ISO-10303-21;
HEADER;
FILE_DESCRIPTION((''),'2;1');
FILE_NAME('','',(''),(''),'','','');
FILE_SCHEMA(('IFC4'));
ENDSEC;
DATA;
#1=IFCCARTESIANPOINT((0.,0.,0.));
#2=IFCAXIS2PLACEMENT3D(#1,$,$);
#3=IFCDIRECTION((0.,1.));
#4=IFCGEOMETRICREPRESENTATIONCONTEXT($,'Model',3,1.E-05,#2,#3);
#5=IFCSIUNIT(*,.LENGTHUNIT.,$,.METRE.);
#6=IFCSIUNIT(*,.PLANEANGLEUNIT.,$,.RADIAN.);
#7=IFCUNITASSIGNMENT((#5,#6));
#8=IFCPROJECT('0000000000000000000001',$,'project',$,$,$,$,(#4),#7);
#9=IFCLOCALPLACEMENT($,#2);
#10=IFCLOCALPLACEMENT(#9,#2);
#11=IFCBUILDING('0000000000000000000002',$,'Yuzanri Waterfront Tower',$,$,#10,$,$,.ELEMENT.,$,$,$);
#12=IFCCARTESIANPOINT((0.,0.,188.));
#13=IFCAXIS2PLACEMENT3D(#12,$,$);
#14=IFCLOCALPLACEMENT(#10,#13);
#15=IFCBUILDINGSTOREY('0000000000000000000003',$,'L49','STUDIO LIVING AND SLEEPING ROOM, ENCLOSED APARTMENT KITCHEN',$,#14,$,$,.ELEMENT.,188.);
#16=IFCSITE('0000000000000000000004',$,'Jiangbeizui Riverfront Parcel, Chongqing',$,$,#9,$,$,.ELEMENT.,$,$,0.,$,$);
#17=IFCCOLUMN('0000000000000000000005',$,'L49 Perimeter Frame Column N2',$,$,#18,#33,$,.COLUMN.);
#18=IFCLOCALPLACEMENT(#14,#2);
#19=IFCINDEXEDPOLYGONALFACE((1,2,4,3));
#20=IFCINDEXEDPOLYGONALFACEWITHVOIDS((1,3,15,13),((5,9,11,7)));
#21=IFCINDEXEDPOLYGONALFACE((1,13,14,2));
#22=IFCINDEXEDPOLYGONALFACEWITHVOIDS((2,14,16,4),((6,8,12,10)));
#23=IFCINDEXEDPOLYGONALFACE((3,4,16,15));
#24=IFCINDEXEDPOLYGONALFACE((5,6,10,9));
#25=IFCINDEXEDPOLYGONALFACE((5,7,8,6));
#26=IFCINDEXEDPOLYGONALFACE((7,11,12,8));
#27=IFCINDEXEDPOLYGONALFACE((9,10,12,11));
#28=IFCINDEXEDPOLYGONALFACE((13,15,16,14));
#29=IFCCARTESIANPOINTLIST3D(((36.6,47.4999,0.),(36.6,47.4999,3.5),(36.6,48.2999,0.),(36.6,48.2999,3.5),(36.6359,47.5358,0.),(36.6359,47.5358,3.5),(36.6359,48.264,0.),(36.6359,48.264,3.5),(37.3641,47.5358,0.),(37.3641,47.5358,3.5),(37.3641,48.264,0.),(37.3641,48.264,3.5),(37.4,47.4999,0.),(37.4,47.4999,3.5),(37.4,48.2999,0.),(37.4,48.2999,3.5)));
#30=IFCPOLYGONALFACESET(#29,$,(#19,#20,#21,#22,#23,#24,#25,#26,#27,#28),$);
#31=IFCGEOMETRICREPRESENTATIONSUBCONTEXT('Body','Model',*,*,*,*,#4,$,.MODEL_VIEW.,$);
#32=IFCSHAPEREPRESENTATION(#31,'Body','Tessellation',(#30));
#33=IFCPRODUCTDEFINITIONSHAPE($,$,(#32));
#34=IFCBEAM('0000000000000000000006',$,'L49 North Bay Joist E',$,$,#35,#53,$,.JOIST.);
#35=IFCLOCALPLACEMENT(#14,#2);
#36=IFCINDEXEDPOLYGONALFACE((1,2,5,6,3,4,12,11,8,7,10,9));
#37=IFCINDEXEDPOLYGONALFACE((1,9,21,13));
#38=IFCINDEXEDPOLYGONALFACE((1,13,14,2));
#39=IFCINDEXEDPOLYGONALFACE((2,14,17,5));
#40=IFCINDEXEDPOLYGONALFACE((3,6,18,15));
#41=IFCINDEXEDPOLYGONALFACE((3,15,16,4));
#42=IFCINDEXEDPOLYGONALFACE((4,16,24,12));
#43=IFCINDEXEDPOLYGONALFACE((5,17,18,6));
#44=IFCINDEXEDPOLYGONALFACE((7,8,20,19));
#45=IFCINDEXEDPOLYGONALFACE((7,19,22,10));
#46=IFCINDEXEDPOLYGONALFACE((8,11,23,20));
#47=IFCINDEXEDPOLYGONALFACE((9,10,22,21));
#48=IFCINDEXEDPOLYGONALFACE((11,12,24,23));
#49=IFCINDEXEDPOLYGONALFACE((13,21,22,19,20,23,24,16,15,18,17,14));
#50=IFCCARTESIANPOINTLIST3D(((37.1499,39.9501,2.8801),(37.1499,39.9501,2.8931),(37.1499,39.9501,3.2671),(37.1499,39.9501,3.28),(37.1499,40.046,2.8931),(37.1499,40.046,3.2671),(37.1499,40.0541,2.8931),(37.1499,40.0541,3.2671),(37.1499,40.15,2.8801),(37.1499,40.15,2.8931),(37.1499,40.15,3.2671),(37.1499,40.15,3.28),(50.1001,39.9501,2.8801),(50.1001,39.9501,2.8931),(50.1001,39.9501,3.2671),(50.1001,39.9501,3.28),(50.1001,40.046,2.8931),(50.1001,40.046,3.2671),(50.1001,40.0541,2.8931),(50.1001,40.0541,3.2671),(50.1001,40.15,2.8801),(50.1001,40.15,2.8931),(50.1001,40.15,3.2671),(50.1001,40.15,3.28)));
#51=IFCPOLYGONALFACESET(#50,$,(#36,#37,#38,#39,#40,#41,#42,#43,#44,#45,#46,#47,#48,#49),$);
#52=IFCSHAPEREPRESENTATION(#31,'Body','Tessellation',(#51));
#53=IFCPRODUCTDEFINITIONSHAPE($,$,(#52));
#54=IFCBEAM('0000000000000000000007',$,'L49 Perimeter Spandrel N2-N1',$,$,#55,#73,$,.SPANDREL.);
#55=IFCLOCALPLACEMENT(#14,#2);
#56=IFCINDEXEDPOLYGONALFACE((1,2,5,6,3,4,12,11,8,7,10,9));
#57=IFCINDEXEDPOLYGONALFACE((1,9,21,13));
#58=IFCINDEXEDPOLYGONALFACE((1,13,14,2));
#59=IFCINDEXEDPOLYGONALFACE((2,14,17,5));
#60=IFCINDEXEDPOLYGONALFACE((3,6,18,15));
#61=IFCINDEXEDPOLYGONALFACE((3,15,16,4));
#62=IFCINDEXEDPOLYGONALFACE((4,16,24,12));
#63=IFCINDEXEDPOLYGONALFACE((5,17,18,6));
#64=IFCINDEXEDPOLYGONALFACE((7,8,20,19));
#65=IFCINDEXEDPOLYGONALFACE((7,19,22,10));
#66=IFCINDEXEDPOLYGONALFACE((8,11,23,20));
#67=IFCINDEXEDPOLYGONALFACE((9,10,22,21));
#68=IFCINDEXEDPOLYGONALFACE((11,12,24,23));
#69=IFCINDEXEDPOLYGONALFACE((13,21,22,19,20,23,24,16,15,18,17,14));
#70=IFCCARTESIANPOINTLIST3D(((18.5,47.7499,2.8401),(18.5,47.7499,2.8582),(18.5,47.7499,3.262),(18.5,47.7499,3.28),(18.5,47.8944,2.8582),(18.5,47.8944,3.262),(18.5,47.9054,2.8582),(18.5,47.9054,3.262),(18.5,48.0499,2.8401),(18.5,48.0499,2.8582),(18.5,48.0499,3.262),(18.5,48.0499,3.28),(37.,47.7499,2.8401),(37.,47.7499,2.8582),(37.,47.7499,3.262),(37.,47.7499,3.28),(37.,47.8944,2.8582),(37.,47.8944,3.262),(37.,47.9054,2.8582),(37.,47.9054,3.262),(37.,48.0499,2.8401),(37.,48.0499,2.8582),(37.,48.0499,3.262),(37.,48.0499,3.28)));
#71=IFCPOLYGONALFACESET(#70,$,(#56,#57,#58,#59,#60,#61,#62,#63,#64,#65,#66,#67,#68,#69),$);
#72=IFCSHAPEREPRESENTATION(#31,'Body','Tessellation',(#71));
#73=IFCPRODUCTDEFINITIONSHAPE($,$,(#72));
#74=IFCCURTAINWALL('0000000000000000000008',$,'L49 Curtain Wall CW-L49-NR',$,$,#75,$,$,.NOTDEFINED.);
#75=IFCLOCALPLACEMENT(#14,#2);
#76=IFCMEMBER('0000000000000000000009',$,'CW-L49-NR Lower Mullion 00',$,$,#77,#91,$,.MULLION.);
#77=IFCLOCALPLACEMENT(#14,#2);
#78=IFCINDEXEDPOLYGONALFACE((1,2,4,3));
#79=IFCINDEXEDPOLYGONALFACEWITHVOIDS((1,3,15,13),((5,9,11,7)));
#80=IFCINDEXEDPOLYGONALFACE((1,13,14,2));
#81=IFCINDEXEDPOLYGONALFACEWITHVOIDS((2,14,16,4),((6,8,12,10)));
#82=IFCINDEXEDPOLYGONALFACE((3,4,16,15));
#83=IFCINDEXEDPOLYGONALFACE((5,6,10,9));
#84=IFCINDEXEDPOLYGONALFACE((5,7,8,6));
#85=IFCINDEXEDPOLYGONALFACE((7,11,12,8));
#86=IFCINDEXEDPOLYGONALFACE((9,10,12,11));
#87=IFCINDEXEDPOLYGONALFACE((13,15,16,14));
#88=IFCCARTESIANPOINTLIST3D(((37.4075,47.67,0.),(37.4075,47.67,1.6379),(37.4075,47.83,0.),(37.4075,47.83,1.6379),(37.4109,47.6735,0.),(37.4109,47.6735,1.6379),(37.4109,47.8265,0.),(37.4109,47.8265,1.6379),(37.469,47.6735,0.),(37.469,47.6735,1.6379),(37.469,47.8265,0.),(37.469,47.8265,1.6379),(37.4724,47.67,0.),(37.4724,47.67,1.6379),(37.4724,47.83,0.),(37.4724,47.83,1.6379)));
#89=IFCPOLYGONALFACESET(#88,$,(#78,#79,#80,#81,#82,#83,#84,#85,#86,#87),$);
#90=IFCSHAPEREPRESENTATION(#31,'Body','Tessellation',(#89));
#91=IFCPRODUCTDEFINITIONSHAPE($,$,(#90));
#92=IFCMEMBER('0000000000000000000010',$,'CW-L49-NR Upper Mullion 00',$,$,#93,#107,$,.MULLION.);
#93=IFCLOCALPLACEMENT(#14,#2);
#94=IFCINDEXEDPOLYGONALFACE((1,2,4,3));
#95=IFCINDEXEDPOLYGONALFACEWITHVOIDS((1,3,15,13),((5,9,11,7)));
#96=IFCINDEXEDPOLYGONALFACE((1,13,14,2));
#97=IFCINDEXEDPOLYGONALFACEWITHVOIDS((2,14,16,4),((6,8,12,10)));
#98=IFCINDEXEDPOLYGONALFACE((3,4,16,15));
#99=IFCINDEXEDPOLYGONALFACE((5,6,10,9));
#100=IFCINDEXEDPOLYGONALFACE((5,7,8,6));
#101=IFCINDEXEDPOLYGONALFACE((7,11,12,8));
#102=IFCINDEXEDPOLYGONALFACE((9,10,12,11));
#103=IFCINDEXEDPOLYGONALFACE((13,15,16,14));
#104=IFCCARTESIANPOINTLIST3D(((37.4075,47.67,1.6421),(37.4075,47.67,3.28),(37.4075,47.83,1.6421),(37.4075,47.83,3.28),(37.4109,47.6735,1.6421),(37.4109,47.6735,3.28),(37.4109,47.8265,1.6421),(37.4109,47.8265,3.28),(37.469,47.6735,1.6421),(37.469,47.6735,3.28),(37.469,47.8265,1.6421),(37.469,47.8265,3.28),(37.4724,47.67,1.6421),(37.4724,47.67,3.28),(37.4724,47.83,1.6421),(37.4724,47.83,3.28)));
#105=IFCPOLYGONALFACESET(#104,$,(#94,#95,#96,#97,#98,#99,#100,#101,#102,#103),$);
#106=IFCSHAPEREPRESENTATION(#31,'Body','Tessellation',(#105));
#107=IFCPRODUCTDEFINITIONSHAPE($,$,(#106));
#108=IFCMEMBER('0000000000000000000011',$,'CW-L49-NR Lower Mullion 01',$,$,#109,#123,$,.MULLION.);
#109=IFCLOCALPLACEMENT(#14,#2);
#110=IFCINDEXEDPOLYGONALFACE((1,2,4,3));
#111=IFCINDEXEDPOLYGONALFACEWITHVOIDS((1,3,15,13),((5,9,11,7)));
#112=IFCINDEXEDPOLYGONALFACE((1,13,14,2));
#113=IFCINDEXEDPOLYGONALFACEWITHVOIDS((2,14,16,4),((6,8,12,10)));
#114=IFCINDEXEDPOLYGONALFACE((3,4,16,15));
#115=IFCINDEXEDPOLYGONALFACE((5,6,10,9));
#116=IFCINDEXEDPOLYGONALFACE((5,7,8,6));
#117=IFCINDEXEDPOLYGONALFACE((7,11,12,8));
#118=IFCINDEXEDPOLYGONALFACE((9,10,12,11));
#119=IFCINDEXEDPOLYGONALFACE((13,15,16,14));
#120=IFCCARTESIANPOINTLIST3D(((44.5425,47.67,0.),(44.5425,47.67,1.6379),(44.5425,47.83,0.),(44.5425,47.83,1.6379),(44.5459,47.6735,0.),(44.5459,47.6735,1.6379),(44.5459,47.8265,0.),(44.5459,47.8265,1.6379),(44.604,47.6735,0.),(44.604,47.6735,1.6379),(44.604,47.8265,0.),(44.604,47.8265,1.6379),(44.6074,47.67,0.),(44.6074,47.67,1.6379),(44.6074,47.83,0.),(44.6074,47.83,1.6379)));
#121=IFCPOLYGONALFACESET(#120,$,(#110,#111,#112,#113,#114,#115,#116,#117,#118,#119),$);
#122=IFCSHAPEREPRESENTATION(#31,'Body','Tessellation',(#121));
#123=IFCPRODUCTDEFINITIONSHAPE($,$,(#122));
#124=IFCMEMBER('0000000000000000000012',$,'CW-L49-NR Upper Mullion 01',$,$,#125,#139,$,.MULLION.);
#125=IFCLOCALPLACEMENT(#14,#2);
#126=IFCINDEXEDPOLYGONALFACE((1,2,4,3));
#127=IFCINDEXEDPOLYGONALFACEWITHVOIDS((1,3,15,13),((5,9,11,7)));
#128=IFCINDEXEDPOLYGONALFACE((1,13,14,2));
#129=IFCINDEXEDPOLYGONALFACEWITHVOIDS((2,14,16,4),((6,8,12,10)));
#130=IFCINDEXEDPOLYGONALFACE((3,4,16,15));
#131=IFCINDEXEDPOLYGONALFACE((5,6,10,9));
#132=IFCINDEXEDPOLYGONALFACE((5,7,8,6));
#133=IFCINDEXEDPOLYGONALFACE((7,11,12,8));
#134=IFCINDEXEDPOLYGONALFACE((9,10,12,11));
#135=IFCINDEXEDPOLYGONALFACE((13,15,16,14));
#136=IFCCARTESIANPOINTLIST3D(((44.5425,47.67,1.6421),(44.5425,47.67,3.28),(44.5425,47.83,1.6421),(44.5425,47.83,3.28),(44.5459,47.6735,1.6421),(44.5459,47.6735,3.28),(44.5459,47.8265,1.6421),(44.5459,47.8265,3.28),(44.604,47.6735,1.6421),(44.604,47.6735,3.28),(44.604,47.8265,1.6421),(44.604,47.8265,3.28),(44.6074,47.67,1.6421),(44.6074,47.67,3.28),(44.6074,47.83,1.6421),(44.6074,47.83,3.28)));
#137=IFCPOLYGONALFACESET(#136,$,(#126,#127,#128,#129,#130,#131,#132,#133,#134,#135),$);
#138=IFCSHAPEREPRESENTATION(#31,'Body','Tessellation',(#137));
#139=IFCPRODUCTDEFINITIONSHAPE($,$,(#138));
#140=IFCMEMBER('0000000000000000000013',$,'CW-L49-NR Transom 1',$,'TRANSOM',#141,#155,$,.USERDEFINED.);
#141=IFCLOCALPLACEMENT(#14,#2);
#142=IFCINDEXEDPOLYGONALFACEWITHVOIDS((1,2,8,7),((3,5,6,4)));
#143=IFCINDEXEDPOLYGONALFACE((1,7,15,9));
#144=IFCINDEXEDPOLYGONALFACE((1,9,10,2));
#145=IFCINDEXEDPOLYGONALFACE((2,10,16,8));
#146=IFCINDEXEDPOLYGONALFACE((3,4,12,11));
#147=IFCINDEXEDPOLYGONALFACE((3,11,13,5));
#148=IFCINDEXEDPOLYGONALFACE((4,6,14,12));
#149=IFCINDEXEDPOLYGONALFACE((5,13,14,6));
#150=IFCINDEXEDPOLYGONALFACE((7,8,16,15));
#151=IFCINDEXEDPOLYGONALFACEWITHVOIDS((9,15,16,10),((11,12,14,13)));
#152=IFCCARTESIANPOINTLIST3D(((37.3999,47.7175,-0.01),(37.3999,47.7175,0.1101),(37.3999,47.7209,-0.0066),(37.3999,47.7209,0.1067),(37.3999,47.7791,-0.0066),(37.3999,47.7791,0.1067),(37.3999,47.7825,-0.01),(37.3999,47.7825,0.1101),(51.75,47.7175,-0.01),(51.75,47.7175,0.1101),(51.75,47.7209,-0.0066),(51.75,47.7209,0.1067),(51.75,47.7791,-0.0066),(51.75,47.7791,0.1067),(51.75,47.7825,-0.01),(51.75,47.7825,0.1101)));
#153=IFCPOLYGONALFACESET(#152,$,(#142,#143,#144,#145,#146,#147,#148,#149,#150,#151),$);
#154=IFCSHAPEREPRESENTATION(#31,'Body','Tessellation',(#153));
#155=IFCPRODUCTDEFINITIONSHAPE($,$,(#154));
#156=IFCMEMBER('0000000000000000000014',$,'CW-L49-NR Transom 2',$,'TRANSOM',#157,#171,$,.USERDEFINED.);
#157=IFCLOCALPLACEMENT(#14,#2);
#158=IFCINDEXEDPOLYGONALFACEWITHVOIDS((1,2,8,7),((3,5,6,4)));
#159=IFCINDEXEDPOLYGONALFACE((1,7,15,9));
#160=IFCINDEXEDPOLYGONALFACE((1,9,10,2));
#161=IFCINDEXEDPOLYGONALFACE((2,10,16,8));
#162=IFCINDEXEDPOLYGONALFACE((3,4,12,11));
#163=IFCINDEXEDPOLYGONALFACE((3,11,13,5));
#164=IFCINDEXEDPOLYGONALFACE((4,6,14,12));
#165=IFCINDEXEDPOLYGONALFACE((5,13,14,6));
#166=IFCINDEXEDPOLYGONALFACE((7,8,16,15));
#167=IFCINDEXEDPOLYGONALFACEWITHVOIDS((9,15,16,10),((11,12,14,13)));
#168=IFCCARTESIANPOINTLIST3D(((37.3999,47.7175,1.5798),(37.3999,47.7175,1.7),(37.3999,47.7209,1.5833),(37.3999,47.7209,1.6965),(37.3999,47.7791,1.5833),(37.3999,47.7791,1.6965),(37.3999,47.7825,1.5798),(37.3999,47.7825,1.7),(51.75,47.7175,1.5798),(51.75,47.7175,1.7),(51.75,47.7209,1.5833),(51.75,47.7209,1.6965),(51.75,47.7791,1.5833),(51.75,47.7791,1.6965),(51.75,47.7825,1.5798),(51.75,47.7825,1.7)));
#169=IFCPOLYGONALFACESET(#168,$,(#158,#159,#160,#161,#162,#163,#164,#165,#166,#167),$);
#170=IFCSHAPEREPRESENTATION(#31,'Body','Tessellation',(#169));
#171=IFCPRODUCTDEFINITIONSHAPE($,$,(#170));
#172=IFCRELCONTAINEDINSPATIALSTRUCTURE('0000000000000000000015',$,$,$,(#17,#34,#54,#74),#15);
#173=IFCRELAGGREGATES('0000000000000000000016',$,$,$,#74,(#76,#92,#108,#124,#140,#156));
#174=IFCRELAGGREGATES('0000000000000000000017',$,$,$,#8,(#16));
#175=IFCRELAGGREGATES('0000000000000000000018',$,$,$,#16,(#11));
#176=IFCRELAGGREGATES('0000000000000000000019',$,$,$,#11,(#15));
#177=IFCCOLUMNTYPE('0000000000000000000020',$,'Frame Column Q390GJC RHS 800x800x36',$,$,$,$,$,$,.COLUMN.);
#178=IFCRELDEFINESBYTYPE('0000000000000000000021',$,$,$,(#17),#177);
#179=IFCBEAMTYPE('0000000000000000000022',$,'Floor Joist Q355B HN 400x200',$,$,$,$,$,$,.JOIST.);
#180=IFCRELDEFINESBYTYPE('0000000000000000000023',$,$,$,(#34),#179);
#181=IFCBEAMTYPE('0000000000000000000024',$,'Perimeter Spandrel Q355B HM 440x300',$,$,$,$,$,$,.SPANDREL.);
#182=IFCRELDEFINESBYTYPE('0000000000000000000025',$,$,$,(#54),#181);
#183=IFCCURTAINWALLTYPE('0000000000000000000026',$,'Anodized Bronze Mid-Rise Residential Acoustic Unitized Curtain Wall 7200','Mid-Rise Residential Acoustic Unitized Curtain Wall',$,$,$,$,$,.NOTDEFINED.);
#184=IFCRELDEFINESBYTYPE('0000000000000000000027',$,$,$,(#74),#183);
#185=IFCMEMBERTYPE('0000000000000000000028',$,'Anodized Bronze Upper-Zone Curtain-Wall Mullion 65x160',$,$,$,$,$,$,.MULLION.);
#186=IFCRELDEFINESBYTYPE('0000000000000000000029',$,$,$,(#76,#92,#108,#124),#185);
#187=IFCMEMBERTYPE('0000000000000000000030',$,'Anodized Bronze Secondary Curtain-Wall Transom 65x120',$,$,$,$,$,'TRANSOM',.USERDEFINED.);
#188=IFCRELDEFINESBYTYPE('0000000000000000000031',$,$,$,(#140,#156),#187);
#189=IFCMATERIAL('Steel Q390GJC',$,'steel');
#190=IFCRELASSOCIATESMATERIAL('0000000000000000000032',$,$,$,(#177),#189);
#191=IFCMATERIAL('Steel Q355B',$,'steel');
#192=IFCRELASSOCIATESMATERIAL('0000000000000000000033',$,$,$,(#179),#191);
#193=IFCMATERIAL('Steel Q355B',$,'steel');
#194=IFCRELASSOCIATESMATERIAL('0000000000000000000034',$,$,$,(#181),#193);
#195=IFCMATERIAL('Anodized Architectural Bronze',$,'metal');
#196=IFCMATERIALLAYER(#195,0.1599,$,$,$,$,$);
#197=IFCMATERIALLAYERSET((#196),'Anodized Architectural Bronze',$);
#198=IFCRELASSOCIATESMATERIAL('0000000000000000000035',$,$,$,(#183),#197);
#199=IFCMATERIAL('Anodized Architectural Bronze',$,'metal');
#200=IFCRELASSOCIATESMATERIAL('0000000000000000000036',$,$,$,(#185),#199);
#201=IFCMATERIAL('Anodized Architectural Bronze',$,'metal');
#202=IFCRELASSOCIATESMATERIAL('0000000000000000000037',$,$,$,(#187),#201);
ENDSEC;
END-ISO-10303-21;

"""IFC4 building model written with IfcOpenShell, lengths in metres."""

from ifc_helpers import new_model, si_unit, direction, frame, origin, origin_2d, place, context, subcontext, project, spatial, hollow_rectangle, i_section, extrude, source, transform, mapped, material, layer, layer_set, material_profile, profile_set, type_object, element, aggregate, save


model = new_model("IFC4")

# Units and contexts
model_context = context("Model", 3, precision=1e-05, world=origin(), true_north=direction((0.0, 1.0)))
body_context = subcontext(model_context, "Body", "Model", "MODEL_VIEW")
ifc_project = project(units=[si_unit("LENGTHUNIT", "METRE"), si_unit("PLANEANGLEUNIT", "RADIAN")], contexts=[model_context])

# Site, building, storey
site_placement = place(None, origin())
site = spatial("IfcSite", under=ifc_project, at=site_placement, Name="Jiangbeizui Riverfront Parcel, Chongqing", CompositionType="ELEMENT", RefElevation=0.0)
building_placement = place(site_placement, origin())
building = spatial("IfcBuilding", under=site, at=building_placement, Name="Yuzanri Waterfront Tower", CompositionType="ELEMENT")
storey_placement = place(building_placement, frame((0.0, 0.0, 188.0)))
storey = spatial("IfcBuildingStorey", under=building, at=storey_placement, Name="L49", Description="STUDIO LIVING AND SLEEPING ROOM, ENCLOSED APARTMENT KITCHEN", CompositionType="ELEMENT", Elevation=188.0)

# Column
ifc_material_1 = material(Name="Steel Q390GJC", Category="steel")
ifc_material_profile_1 = material_profile(ifc_material_1, hollow_rectangle(XDim=0.8, YDim=0.8, WallThickness=0.0359, at=origin_2d()), Name="RHS 800x800x36")
ifc_profile_set_1 = profile_set([ifc_material_profile_1], Name="Steel Q390GJC")
column_type = type_object("IfcColumnType", Name="Frame Column Q390GJC RHS 800x800x36", PredefinedType="COLUMN", material=ifc_profile_set_1)
shared_shape_1 = source(origin(), body_context, "Body", "SweptSolid", [
    extrude(hollow_rectangle(XDim=0.8, YDim=0.8, WallThickness=0.0359, at=origin_2d()), origin(), (0.0, 0.0, 1.0), 3.5),
])
column_placement = place(storey_placement, frame((37.0, 47.8999, 0.0), z_axis=(0.0, 0.0, 1.0), x_axis=(1.0, 0.0, 0.0)))
element("IfcColumn", 1, at=column_placement, inside=storey, type_object=column_type, Name="L49 Perimeter Frame Column N2", PredefinedType="COLUMN", context=body_context, shape_type="MappedRepresentation", body=[
    mapped(shared_shape_1, transform((0.0, 0.0, 0.0), scale=1.0)),
])

# Beams
ifc_material_2 = material(Name="Steel Q355B", Category="steel")
ifc_material_profile_2 = material_profile(ifc_material_2, i_section(OverallWidth=0.2, OverallDepth=0.3999, WebThickness=0.0081, FlangeThickness=0.0129, at=origin_2d()), Name="HN 400x200x8x13")
ifc_profile_set_2 = profile_set([ifc_material_profile_2], Name="Steel Q355B")
beam_type_1 = type_object("IfcBeamType", Name="Floor Joist Q355B HN 400x200", PredefinedType="JOIST", material=ifc_profile_set_2)
shared_shape_2 = source(origin(), body_context, "Body", "SweptSolid", [
    extrude(i_section(OverallWidth=0.2, OverallDepth=0.3999, WebThickness=0.0081, FlangeThickness=0.0129, at=origin_2d()), origin(), (0.0, 0.0, 1.0), 12.9502),
])
beam_1_placement = place(storey_placement, frame((37.1499, 40.05, 3.0801), z_axis=(1.0, 0.0, 0.0), x_axis=(0.0, 1.0, 0.0)))
element("IfcBeam", 2, at=beam_1_placement, inside=storey, type_object=beam_type_1, Name="L49 North Bay Joist E", PredefinedType="JOIST", context=body_context, shape_type="MappedRepresentation", body=[
    mapped(shared_shape_2, transform((0.0, 0.0, 0.0), scale=1.0)),
])
ifc_material_3 = material(Name="Steel Q355B", Category="steel")
ifc_material_profile_3 = material_profile(ifc_material_3, i_section(OverallWidth=0.3, OverallDepth=0.4399, WebThickness=0.011, FlangeThickness=0.0181, at=origin_2d()), Name="HM 440x300x11x18")
ifc_profile_set_3 = profile_set([ifc_material_profile_3], Name="Steel Q355B")
beam_type_2 = type_object("IfcBeamType", Name="Perimeter Spandrel Q355B HM 440x300", PredefinedType="SPANDREL", material=ifc_profile_set_3)
shared_shape_3 = source(origin(), body_context, "Body", "SweptSolid", [
    extrude(i_section(OverallWidth=0.3, OverallDepth=0.4399, WebThickness=0.011, FlangeThickness=0.0181, at=origin_2d()), origin(), (0.0, 0.0, 1.0), 18.5),
])
beam_2_placement = place(storey_placement, frame((37.0, 47.8999, 3.0601), z_axis=(-1.0, 0.0, 0.0), x_axis=(0.0, -1.0, 0.0)))
element("IfcBeam", 3, at=beam_2_placement, inside=storey, type_object=beam_type_2, Name="L49 Perimeter Spandrel N2-N1", PredefinedType="SPANDREL", context=body_context, shape_type="MappedRepresentation", body=[
    mapped(shared_shape_3, transform((0.0, 0.0, 0.0), scale=1.0)),
])

# Curtain wall, members
ifc_material_4 = material(Name="Anodized Architectural Bronze", Category="metal")
ifc_layer_1 = layer(ifc_material_4, 0.1599)
ifc_layer_set_1 = layer_set([ifc_layer_1], Name="Anodized Architectural Bronze")
curtain_wall_type = type_object("IfcCurtainWallType", Name="Anodized Bronze Mid-Rise Residential Acoustic Unitized Curtain Wall 7200", Description="Mid-Rise Residential Acoustic Unitized Curtain Wall", PredefinedType="NOTDEFINED", material=ifc_layer_set_1)
curtain_wall_placement = place(storey_placement, origin())
curtain_wall = element("IfcCurtainWall", 4, at=curtain_wall_placement, inside=storey, type_object=curtain_wall_type, Name="L49 Curtain Wall CW-L49-NR", PredefinedType="NOTDEFINED")
ifc_material_5 = material(Name="Anodized Architectural Bronze", Category="metal")
ifc_material_profile_4 = material_profile(ifc_material_5, hollow_rectangle(XDim=0.0649, YDim=0.1599, WallThickness=0.0034, at=origin_2d()), Name="CWM 65x160")
ifc_profile_set_4 = profile_set([ifc_material_profile_4], Name="Anodized Architectural Bronze")
member_type_1 = type_object("IfcMemberType", Name="Anodized Bronze Upper-Zone Curtain-Wall Mullion 65x160", PredefinedType="MULLION", material=ifc_profile_set_4)
shared_shape_4 = source(origin(), body_context, "Body", "SweptSolid", [
    extrude(hollow_rectangle(XDim=0.0649, YDim=0.1599, WallThickness=0.0034, at=origin_2d()), origin(), (0.0, 0.0, 1.0), 1.6379),
])
member_1_placement = place(storey_placement, frame((37.4399, 47.75, 0.0), z_axis=(0.0, 0.0, 1.0), x_axis=(1.0, 0.0, 0.0)))
member_1 = element("IfcMember", 5, at=member_1_placement, type_object=member_type_1, Name="CW-L49-NR Lower Mullion 00", PredefinedType="MULLION", context=body_context, shape_type="MappedRepresentation", body=[
    mapped(shared_shape_4, transform((0.0, 0.0, 0.0), scale=1.0)),
])
member_2_placement = place(storey_placement, frame((37.4399, 47.75, 1.6421), z_axis=(0.0, 0.0, 1.0), x_axis=(1.0, 0.0, 0.0)))
member_2 = element("IfcMember", 6, at=member_2_placement, type_object=member_type_1, Name="CW-L49-NR Upper Mullion 00", PredefinedType="MULLION", context=body_context, shape_type="MappedRepresentation", body=[
    mapped(shared_shape_4, transform((0.0, 0.0, 0.0), scale=1.0)),
])
member_3_placement = place(storey_placement, frame((44.575, 47.75, 0.0), z_axis=(0.0, 0.0, 1.0), x_axis=(1.0, 0.0, 0.0)))
member_3 = element("IfcMember", 7, at=member_3_placement, type_object=member_type_1, Name="CW-L49-NR Lower Mullion 01", PredefinedType="MULLION", context=body_context, shape_type="MappedRepresentation", body=[
    mapped(shared_shape_4, transform((0.0, 0.0, 0.0), scale=1.0)),
])
member_4_placement = place(storey_placement, frame((44.575, 47.75, 1.6421), z_axis=(0.0, 0.0, 1.0), x_axis=(1.0, 0.0, 0.0)))
member_4 = element("IfcMember", 8, at=member_4_placement, type_object=member_type_1, Name="CW-L49-NR Upper Mullion 01", PredefinedType="MULLION", context=body_context, shape_type="MappedRepresentation", body=[
    mapped(shared_shape_4, transform((0.0, 0.0, 0.0), scale=1.0)),
])
ifc_material_6 = material(Name="Anodized Architectural Bronze", Category="metal")
ifc_material_profile_5 = material_profile(ifc_material_6, hollow_rectangle(XDim=0.0649, YDim=0.1201, WallThickness=0.0034, at=origin_2d()), Name="CWT 65x120")
ifc_profile_set_5 = profile_set([ifc_material_profile_5], Name="Anodized Architectural Bronze")
member_type_2 = type_object("IfcMemberType", Name="Anodized Bronze Secondary Curtain-Wall Transom 65x120", ElementType="TRANSOM", PredefinedType="USERDEFINED", material=ifc_profile_set_5)
shared_shape_5 = source(origin(), body_context, "Body", "SweptSolid", [
    extrude(hollow_rectangle(XDim=0.0649, YDim=0.1201, WallThickness=0.0034, at=origin_2d()), origin(), (0.0, 0.0, 1.0), 14.3501),
])
member_5_placement = place(storey_placement, frame((37.3999, 47.75, 0.05), z_axis=(1.0, 0.0, 0.0), x_axis=(0.0, 1.0, 0.0)))
member_5 = element("IfcMember", 9, at=member_5_placement, type_object=member_type_2, Name="CW-L49-NR Transom 1", ObjectType="TRANSOM", PredefinedType="USERDEFINED", context=body_context, shape_type="MappedRepresentation", body=[
    mapped(shared_shape_5, transform((0.0, 0.0, 0.0), scale=1.0)),
])
member_6_placement = place(storey_placement, frame((37.3999, 47.75, 1.6399), z_axis=(1.0, 0.0, 0.0), x_axis=(0.0, 1.0, 0.0)))
member_6 = element("IfcMember", 10, at=member_6_placement, type_object=member_type_2, Name="CW-L49-NR Transom 2", ObjectType="TRANSOM", PredefinedType="USERDEFINED", context=body_context, shape_type="MappedRepresentation", body=[
    mapped(shared_shape_5, transform((0.0, 0.0, 0.0), scale=1.0)),
])
aggregate(curtain_wall, [member_1, member_2, member_3, member_4, member_5, member_6])

save(model, "model.ifc")
